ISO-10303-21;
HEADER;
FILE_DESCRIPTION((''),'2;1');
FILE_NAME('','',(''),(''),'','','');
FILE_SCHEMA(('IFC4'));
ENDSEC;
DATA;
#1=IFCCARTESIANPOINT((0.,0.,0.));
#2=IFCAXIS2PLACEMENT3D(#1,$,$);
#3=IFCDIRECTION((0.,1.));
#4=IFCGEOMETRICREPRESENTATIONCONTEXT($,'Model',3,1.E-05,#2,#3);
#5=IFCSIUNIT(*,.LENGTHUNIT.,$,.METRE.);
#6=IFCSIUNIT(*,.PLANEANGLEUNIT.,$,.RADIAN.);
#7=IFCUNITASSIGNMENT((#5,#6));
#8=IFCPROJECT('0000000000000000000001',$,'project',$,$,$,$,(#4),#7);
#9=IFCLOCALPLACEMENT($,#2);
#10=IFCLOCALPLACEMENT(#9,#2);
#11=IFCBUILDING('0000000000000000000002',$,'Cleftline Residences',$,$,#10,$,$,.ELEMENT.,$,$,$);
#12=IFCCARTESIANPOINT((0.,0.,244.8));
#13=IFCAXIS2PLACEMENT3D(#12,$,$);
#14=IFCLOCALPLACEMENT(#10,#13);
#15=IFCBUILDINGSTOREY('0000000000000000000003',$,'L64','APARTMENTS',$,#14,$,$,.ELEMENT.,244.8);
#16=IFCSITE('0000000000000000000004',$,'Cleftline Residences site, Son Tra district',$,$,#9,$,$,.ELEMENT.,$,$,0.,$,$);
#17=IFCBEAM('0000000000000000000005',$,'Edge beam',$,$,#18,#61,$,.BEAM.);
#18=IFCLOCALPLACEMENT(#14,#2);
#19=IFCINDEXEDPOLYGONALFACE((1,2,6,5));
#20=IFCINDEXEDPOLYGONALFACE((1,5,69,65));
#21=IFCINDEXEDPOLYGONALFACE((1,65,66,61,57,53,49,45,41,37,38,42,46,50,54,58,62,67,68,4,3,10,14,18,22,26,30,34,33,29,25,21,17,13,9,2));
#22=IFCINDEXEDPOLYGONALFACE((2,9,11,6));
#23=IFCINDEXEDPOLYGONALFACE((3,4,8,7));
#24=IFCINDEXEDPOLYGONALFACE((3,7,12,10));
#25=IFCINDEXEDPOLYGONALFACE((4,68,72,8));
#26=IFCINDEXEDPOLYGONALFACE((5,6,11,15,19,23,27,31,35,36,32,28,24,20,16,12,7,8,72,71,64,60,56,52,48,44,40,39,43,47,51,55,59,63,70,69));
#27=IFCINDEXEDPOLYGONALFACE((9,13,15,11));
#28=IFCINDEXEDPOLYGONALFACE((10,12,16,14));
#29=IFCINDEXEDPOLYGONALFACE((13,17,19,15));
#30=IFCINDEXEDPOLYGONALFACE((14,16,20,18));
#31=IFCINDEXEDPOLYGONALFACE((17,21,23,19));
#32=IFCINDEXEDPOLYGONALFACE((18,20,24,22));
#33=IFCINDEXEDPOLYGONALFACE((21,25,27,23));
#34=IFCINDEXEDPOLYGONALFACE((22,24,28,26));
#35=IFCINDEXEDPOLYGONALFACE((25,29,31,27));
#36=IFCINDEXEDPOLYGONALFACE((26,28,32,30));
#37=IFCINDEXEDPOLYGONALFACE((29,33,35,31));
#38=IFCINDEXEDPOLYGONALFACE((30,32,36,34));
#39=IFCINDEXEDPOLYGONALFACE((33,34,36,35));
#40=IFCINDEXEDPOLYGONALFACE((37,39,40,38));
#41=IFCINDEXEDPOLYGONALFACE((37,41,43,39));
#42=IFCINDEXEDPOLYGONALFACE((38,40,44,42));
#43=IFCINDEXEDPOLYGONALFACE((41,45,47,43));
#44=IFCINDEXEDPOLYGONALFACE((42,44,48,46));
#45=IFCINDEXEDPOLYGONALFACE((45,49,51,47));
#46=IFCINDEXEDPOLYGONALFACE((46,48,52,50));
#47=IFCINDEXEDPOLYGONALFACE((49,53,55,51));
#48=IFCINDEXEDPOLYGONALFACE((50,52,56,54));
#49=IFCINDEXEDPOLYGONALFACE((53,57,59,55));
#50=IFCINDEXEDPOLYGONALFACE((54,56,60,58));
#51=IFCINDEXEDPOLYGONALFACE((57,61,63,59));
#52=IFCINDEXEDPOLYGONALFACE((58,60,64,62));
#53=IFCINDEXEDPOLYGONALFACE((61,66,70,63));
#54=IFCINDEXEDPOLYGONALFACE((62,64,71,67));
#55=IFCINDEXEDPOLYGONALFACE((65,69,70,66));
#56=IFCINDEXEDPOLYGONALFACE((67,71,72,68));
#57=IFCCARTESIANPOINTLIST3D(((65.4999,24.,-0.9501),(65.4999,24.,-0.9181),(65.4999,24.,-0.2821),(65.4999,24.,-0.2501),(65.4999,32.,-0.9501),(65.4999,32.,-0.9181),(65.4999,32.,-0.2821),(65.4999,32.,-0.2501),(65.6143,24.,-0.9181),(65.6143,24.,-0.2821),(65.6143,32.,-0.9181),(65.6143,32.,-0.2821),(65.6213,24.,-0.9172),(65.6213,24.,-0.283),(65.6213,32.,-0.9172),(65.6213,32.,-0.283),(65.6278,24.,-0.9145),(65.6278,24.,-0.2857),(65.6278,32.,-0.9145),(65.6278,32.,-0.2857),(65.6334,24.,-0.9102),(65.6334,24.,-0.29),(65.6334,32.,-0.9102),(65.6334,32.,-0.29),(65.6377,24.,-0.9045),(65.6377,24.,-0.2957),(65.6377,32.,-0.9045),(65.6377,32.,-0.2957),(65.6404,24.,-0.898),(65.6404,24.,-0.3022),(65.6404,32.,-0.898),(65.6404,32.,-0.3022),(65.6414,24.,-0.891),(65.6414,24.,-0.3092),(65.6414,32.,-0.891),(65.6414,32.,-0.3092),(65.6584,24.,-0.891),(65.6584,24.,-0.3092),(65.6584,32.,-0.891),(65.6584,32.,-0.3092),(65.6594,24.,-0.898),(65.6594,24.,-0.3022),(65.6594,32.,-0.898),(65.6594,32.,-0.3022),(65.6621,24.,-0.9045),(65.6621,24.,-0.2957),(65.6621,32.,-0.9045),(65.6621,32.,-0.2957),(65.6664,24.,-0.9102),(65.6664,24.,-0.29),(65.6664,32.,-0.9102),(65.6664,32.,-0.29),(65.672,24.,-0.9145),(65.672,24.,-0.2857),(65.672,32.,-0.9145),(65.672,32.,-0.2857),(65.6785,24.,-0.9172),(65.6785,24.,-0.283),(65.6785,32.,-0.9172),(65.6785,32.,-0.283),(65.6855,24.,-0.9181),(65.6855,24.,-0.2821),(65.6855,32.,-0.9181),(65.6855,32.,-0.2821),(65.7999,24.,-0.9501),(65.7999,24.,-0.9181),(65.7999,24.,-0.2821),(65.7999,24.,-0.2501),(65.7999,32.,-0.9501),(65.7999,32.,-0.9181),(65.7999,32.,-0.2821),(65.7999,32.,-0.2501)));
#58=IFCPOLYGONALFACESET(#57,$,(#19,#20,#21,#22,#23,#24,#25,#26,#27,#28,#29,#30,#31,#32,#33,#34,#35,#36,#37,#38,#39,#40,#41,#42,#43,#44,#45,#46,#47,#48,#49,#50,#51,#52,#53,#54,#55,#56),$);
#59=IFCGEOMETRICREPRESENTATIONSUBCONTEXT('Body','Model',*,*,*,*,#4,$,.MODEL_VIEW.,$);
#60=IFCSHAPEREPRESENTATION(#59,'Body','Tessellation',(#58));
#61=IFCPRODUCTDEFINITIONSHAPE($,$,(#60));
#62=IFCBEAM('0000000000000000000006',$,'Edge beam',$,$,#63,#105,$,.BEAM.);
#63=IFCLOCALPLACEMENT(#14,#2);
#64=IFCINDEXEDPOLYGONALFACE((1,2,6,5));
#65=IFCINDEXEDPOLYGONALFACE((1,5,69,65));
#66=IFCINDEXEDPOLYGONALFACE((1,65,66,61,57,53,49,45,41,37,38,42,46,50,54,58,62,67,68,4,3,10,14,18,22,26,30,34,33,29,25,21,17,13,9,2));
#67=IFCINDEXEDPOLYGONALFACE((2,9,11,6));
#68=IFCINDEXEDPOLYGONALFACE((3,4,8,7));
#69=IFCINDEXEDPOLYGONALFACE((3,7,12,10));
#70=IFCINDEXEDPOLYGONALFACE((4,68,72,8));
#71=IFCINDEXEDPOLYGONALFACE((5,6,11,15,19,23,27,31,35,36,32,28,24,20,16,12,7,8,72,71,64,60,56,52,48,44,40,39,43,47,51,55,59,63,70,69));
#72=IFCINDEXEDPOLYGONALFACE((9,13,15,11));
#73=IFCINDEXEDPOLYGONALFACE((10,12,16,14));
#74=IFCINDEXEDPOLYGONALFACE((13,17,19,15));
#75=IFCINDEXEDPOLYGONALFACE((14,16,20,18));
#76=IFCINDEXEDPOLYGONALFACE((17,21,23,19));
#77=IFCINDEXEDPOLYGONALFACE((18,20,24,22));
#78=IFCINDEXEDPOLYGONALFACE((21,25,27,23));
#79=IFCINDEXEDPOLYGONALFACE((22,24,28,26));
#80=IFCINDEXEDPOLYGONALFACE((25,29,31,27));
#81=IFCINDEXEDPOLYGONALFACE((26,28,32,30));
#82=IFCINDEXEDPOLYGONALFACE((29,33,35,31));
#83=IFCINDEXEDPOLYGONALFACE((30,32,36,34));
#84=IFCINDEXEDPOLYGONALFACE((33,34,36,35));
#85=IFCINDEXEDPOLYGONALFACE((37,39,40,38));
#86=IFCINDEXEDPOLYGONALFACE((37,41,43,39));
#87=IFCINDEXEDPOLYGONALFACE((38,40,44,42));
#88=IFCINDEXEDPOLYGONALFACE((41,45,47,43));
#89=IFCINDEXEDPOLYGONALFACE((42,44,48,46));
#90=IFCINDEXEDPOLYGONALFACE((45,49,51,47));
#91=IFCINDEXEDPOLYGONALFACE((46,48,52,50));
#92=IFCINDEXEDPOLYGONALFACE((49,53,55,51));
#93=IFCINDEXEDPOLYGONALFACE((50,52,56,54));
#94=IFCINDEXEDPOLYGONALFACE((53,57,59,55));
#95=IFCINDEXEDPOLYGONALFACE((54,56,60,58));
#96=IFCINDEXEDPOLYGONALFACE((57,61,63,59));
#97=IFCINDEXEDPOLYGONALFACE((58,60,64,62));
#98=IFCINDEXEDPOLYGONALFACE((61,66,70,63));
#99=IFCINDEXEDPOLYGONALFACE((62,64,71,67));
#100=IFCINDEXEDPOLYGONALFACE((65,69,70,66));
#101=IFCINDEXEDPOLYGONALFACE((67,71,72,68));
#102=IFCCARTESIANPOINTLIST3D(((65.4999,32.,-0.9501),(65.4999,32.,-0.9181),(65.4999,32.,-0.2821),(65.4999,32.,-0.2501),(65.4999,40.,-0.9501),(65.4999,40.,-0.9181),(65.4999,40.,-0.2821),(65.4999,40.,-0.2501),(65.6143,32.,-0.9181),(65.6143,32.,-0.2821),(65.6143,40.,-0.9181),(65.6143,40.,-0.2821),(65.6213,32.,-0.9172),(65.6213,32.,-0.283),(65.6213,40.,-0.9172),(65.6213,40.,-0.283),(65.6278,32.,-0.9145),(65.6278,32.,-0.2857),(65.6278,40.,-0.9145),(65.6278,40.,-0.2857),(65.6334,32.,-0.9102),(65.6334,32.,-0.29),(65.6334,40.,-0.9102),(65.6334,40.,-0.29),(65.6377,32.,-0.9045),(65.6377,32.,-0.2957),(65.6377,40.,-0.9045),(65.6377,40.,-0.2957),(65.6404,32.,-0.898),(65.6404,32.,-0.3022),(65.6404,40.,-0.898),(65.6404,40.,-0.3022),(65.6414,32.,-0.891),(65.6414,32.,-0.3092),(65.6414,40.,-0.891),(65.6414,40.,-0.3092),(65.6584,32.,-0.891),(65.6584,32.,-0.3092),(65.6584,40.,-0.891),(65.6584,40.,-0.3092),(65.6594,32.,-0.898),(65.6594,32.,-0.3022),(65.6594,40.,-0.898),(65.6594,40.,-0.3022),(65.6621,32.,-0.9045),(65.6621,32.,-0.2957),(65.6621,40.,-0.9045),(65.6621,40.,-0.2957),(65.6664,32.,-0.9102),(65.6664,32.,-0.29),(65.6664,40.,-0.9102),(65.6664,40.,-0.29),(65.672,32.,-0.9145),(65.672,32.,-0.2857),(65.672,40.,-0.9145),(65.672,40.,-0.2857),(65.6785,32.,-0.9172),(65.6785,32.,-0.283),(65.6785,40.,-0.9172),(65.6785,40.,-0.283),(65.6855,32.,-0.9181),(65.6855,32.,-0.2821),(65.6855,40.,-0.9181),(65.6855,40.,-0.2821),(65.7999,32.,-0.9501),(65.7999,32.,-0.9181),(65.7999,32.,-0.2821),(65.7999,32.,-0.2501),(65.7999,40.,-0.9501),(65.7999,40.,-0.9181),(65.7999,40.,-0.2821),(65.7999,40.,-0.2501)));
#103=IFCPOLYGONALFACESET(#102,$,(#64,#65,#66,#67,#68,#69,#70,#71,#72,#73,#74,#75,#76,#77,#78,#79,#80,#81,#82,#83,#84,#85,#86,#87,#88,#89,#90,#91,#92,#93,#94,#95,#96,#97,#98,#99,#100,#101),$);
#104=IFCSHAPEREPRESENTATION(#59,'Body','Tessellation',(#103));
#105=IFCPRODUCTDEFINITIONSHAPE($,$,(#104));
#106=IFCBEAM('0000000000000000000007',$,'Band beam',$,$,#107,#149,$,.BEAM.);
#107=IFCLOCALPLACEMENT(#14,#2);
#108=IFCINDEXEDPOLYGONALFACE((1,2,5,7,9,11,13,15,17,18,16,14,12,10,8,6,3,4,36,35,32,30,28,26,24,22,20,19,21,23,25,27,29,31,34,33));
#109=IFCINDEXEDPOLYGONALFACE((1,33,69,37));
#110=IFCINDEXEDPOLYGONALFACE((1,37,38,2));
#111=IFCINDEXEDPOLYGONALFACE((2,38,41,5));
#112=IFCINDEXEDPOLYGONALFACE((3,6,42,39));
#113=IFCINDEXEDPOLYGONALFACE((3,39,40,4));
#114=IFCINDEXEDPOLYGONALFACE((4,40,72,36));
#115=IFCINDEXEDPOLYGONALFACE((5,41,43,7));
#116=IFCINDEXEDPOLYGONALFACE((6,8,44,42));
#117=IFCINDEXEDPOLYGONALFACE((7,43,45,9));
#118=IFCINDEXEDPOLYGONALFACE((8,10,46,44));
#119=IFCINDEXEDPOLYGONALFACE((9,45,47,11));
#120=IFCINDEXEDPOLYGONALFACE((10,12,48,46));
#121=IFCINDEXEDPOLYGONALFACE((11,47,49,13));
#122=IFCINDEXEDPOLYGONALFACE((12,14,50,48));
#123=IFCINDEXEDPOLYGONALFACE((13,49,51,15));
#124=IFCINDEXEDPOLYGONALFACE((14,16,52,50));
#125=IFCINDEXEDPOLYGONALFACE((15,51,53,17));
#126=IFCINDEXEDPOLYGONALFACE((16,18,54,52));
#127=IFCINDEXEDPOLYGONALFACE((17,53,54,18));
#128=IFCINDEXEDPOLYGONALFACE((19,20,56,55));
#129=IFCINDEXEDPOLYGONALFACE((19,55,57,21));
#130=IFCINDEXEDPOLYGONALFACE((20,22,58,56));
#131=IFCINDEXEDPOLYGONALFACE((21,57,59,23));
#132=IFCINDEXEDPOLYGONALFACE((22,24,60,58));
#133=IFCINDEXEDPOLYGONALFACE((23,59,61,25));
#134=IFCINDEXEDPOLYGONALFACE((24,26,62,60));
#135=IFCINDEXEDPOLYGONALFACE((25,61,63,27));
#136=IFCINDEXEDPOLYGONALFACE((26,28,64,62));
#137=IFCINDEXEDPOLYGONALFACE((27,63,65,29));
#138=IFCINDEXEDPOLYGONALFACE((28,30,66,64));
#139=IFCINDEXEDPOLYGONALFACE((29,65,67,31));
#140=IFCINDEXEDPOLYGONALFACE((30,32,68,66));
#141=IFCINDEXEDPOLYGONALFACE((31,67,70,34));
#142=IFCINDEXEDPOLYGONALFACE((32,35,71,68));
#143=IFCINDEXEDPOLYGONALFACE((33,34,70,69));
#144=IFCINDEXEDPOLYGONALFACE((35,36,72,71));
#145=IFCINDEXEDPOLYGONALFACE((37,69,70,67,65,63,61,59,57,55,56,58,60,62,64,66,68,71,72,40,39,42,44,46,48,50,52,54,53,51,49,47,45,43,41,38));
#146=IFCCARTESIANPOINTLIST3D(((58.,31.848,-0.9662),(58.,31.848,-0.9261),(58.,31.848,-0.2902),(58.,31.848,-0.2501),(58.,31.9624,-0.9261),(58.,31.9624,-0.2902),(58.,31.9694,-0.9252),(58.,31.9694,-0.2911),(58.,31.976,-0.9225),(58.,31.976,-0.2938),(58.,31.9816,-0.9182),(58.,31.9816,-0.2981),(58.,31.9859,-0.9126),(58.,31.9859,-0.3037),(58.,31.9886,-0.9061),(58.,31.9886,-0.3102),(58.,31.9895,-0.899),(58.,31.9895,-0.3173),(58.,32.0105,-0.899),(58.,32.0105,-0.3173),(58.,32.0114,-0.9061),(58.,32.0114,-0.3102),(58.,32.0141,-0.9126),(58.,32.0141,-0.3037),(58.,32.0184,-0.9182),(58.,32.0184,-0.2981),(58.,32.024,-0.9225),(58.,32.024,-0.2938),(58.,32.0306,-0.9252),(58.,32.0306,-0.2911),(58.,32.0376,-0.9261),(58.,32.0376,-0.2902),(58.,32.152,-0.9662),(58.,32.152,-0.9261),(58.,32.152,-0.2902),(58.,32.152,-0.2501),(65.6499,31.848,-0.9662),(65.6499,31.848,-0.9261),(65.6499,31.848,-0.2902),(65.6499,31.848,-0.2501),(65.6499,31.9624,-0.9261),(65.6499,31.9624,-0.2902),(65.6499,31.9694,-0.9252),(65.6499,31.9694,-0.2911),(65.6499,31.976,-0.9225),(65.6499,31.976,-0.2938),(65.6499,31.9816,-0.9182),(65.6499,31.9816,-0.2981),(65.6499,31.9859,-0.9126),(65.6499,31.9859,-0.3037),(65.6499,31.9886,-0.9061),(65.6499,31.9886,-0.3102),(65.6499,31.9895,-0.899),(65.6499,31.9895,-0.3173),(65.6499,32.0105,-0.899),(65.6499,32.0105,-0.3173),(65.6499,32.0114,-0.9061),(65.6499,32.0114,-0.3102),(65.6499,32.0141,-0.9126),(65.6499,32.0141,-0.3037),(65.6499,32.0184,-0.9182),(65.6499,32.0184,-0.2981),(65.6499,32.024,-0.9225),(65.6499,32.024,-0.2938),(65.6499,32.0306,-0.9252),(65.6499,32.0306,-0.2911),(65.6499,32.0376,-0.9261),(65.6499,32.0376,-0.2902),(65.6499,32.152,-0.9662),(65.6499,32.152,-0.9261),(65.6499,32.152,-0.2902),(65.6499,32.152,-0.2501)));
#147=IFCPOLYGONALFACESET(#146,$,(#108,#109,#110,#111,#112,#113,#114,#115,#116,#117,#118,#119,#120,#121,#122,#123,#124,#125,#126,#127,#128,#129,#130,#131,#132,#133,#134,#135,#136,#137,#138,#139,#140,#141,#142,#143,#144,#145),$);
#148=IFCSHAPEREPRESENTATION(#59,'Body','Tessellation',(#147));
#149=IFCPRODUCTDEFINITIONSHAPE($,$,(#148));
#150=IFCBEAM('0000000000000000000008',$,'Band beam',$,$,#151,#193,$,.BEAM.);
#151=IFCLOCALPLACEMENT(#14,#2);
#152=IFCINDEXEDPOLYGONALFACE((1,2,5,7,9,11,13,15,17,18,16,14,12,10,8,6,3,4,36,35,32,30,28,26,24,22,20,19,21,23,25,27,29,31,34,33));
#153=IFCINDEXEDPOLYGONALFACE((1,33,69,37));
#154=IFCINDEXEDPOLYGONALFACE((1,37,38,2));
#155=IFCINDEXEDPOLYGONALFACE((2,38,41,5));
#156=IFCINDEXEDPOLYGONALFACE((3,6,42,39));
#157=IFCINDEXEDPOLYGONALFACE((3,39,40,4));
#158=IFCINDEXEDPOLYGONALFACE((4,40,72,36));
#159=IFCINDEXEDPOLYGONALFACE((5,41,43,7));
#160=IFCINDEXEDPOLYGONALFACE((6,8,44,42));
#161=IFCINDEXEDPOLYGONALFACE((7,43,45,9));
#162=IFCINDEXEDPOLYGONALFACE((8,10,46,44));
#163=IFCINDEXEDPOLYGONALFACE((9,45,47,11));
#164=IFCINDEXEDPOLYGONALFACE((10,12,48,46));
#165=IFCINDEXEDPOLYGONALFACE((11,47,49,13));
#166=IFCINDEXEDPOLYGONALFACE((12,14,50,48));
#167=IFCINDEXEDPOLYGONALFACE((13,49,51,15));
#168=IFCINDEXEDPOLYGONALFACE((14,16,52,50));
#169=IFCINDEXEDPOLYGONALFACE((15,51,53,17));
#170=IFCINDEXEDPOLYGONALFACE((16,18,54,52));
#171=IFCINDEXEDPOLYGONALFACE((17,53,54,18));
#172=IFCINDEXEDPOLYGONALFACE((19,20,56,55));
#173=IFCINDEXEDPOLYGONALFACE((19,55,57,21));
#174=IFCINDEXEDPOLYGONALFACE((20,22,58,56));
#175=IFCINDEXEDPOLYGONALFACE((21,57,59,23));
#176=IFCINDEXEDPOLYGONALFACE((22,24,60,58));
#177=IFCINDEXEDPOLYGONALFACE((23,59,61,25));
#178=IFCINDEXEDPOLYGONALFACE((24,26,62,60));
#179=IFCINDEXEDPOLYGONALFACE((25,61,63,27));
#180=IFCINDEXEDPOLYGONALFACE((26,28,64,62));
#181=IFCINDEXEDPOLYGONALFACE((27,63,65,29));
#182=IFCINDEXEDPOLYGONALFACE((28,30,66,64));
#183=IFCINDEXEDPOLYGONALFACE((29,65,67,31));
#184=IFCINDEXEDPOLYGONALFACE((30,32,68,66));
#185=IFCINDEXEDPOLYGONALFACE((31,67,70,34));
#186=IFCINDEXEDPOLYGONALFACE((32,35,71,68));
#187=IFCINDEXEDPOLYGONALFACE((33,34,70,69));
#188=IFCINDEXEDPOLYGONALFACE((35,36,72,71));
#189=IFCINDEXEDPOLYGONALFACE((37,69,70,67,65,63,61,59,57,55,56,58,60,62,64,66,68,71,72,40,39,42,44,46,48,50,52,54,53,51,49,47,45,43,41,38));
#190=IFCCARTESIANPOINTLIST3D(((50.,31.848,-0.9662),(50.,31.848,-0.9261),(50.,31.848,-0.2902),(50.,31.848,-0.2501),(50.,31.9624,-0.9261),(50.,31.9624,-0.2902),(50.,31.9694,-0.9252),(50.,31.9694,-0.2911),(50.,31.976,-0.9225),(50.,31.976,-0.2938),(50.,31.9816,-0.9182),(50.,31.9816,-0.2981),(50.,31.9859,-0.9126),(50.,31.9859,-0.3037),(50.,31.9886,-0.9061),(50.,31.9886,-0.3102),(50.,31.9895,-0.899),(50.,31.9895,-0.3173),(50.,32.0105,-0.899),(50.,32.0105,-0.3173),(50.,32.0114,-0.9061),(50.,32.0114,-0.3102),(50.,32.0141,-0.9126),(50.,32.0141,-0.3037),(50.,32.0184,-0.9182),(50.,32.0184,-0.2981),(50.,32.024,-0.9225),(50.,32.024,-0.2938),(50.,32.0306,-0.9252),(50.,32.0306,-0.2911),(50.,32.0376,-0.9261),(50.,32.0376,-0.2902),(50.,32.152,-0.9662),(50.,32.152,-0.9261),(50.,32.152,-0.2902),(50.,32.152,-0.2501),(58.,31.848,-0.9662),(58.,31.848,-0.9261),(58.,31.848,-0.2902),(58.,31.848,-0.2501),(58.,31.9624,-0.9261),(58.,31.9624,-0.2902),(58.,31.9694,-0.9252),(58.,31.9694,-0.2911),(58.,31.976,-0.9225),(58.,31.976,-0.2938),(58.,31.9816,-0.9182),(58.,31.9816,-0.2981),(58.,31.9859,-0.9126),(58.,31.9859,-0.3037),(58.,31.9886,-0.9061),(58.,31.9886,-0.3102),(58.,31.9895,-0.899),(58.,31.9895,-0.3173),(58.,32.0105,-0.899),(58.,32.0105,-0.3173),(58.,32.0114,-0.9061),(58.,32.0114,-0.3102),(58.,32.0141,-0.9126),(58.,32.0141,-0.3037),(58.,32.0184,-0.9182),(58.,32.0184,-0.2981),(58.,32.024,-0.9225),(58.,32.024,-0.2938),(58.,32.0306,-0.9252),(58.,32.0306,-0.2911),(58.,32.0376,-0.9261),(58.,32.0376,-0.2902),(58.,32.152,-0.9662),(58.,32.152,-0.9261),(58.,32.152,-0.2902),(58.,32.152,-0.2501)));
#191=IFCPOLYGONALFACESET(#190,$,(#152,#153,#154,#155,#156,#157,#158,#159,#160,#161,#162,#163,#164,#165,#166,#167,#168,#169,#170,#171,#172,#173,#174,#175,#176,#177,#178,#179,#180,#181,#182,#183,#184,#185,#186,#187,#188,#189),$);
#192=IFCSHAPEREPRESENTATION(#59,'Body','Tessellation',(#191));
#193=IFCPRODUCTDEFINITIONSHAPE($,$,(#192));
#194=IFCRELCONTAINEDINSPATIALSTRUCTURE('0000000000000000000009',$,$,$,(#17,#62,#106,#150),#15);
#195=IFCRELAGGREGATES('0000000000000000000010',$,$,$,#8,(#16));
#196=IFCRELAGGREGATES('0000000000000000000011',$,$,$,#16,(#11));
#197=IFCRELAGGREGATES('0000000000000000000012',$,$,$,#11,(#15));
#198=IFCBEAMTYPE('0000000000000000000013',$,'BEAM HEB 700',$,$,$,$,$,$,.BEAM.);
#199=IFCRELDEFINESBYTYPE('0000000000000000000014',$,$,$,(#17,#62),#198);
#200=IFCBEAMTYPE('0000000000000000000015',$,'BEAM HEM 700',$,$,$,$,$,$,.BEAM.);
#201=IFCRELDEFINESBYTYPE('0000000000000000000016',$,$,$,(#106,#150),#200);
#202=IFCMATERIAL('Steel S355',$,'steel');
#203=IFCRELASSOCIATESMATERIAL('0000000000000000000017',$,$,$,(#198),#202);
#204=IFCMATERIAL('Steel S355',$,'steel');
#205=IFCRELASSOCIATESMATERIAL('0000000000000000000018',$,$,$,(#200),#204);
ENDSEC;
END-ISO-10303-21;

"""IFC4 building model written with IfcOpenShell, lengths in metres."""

from ifc_helpers import new_model, si_unit, direction, frame, origin, origin_2d, place, context, subcontext, project, spatial, i_section, extrude, material, material_profile, profile_set, type_object, element, save


model = new_model("IFC4")

# Units and contexts
model_context = context("Model", 3, precision=1e-05, world=origin(), true_north=direction((0.0, 1.0)))
body_context = subcontext(model_context, "Body", "Model", "MODEL_VIEW")
ifc_project = project(units=[si_unit("LENGTHUNIT", "METRE"), si_unit("PLANEANGLEUNIT", "RADIAN")], contexts=[model_context])

# Site, building, storey
site_placement = place(None, origin())
site = spatial("IfcSite", under=ifc_project, at=site_placement, Name="Cleftline Residences site, Son Tra district", CompositionType="ELEMENT", RefElevation=0.0)
building_placement = place(site_placement, origin())
building = spatial("IfcBuilding", under=site, at=building_placement, Name="Cleftline Residences", CompositionType="ELEMENT")
storey_placement = place(building_placement, frame((0.0, 0.0, 244.8)))
storey = spatial("IfcBuildingStorey", under=building, at=storey_placement, Name="L64", Description="APARTMENTS", CompositionType="ELEMENT", Elevation=244.8)

# Beams
ifc_material_1 = material(Name="Steel S355", Category="steel")
ifc_material_profile_1 = material_profile(ifc_material_1, i_section(OverallWidth=0.3, OverallDepth=0.7, WebThickness=0.0171, FlangeThickness=0.032, FilletRadius=0.0271, at=origin_2d()))
ifc_profile_set_1 = profile_set([ifc_material_profile_1], Name="Steel S355")
beam_type_1 = type_object("IfcBeamType", Name="BEAM HEB 700", PredefinedType="BEAM", material=ifc_profile_set_1)
for number, where, z_axis, x_axis, name in (
    (1, (65.6499, 24.0, -0.6001), (0.0, 1.0, 0.0), (-1.0, 0.0, 0.0), "Edge beam"),
    (2, (65.6499, 32.0, -0.6001), (0.0, 1.0, 0.0), (-1.0, 0.0, 0.0), "Edge beam"),
):
    element("IfcBeam", number, at=place(storey_placement, frame(where, z_axis=z_axis, x_axis=x_axis)), inside=storey, type_object=beam_type_1, Name=name, PredefinedType="BEAM", context=body_context, shape_type="SweptSolid", body=[
        extrude(i_section(OverallWidth=0.3, OverallDepth=0.7, WebThickness=0.0171, FlangeThickness=0.032, FilletRadius=0.0271, at=origin_2d()), origin(), (0.0, 0.0, 1.0), 8.0),
    ])
ifc_material_2 = material(Name="Steel S355", Category="steel")
ifc_material_profile_2 = material_profile(ifc_material_2, i_section(OverallWidth=0.304, OverallDepth=0.7161, WebThickness=0.021, FlangeThickness=0.04, FilletRadius=0.0271, at=origin_2d()))
ifc_profile_set_2 = profile_set([ifc_material_profile_2], Name="Steel S355")
beam_type_2 = type_object("IfcBeamType", Name="BEAM HEM 700", PredefinedType="BEAM", material=ifc_profile_set_2)
beam_1_placement = place(storey_placement, frame((65.6499, 32.0, -0.6082), z_axis=(-1.0, 0.0, 0.0), x_axis=(0.0, -1.0, 0.0)))
element("IfcBeam", 3, at=beam_1_placement, inside=storey, type_object=beam_type_2, Name="Band beam", PredefinedType="BEAM", context=body_context, shape_type="SweptSolid", body=[
    extrude(i_section(OverallWidth=0.304, OverallDepth=0.7161, WebThickness=0.021, FlangeThickness=0.04, FilletRadius=0.0271, at=origin_2d()), origin(), (0.0, 0.0, 1.0), 7.6499),
])
beam_2_placement = place(storey_placement, frame((58.0, 32.0, -0.6082), z_axis=(-1.0, 0.0, 0.0), x_axis=(0.0, -1.0, 0.0)))
element("IfcBeam", 4, at=beam_2_placement, inside=storey, type_object=beam_type_2, Name="Band beam", PredefinedType="BEAM", context=body_context, shape_type="SweptSolid", body=[
    extrude(i_section(OverallWidth=0.304, OverallDepth=0.7161, WebThickness=0.021, FlangeThickness=0.04, FilletRadius=0.0271, at=origin_2d()), origin(), (0.0, 0.0, 1.0), 8.0),
])

save(model, "model.ifc")
